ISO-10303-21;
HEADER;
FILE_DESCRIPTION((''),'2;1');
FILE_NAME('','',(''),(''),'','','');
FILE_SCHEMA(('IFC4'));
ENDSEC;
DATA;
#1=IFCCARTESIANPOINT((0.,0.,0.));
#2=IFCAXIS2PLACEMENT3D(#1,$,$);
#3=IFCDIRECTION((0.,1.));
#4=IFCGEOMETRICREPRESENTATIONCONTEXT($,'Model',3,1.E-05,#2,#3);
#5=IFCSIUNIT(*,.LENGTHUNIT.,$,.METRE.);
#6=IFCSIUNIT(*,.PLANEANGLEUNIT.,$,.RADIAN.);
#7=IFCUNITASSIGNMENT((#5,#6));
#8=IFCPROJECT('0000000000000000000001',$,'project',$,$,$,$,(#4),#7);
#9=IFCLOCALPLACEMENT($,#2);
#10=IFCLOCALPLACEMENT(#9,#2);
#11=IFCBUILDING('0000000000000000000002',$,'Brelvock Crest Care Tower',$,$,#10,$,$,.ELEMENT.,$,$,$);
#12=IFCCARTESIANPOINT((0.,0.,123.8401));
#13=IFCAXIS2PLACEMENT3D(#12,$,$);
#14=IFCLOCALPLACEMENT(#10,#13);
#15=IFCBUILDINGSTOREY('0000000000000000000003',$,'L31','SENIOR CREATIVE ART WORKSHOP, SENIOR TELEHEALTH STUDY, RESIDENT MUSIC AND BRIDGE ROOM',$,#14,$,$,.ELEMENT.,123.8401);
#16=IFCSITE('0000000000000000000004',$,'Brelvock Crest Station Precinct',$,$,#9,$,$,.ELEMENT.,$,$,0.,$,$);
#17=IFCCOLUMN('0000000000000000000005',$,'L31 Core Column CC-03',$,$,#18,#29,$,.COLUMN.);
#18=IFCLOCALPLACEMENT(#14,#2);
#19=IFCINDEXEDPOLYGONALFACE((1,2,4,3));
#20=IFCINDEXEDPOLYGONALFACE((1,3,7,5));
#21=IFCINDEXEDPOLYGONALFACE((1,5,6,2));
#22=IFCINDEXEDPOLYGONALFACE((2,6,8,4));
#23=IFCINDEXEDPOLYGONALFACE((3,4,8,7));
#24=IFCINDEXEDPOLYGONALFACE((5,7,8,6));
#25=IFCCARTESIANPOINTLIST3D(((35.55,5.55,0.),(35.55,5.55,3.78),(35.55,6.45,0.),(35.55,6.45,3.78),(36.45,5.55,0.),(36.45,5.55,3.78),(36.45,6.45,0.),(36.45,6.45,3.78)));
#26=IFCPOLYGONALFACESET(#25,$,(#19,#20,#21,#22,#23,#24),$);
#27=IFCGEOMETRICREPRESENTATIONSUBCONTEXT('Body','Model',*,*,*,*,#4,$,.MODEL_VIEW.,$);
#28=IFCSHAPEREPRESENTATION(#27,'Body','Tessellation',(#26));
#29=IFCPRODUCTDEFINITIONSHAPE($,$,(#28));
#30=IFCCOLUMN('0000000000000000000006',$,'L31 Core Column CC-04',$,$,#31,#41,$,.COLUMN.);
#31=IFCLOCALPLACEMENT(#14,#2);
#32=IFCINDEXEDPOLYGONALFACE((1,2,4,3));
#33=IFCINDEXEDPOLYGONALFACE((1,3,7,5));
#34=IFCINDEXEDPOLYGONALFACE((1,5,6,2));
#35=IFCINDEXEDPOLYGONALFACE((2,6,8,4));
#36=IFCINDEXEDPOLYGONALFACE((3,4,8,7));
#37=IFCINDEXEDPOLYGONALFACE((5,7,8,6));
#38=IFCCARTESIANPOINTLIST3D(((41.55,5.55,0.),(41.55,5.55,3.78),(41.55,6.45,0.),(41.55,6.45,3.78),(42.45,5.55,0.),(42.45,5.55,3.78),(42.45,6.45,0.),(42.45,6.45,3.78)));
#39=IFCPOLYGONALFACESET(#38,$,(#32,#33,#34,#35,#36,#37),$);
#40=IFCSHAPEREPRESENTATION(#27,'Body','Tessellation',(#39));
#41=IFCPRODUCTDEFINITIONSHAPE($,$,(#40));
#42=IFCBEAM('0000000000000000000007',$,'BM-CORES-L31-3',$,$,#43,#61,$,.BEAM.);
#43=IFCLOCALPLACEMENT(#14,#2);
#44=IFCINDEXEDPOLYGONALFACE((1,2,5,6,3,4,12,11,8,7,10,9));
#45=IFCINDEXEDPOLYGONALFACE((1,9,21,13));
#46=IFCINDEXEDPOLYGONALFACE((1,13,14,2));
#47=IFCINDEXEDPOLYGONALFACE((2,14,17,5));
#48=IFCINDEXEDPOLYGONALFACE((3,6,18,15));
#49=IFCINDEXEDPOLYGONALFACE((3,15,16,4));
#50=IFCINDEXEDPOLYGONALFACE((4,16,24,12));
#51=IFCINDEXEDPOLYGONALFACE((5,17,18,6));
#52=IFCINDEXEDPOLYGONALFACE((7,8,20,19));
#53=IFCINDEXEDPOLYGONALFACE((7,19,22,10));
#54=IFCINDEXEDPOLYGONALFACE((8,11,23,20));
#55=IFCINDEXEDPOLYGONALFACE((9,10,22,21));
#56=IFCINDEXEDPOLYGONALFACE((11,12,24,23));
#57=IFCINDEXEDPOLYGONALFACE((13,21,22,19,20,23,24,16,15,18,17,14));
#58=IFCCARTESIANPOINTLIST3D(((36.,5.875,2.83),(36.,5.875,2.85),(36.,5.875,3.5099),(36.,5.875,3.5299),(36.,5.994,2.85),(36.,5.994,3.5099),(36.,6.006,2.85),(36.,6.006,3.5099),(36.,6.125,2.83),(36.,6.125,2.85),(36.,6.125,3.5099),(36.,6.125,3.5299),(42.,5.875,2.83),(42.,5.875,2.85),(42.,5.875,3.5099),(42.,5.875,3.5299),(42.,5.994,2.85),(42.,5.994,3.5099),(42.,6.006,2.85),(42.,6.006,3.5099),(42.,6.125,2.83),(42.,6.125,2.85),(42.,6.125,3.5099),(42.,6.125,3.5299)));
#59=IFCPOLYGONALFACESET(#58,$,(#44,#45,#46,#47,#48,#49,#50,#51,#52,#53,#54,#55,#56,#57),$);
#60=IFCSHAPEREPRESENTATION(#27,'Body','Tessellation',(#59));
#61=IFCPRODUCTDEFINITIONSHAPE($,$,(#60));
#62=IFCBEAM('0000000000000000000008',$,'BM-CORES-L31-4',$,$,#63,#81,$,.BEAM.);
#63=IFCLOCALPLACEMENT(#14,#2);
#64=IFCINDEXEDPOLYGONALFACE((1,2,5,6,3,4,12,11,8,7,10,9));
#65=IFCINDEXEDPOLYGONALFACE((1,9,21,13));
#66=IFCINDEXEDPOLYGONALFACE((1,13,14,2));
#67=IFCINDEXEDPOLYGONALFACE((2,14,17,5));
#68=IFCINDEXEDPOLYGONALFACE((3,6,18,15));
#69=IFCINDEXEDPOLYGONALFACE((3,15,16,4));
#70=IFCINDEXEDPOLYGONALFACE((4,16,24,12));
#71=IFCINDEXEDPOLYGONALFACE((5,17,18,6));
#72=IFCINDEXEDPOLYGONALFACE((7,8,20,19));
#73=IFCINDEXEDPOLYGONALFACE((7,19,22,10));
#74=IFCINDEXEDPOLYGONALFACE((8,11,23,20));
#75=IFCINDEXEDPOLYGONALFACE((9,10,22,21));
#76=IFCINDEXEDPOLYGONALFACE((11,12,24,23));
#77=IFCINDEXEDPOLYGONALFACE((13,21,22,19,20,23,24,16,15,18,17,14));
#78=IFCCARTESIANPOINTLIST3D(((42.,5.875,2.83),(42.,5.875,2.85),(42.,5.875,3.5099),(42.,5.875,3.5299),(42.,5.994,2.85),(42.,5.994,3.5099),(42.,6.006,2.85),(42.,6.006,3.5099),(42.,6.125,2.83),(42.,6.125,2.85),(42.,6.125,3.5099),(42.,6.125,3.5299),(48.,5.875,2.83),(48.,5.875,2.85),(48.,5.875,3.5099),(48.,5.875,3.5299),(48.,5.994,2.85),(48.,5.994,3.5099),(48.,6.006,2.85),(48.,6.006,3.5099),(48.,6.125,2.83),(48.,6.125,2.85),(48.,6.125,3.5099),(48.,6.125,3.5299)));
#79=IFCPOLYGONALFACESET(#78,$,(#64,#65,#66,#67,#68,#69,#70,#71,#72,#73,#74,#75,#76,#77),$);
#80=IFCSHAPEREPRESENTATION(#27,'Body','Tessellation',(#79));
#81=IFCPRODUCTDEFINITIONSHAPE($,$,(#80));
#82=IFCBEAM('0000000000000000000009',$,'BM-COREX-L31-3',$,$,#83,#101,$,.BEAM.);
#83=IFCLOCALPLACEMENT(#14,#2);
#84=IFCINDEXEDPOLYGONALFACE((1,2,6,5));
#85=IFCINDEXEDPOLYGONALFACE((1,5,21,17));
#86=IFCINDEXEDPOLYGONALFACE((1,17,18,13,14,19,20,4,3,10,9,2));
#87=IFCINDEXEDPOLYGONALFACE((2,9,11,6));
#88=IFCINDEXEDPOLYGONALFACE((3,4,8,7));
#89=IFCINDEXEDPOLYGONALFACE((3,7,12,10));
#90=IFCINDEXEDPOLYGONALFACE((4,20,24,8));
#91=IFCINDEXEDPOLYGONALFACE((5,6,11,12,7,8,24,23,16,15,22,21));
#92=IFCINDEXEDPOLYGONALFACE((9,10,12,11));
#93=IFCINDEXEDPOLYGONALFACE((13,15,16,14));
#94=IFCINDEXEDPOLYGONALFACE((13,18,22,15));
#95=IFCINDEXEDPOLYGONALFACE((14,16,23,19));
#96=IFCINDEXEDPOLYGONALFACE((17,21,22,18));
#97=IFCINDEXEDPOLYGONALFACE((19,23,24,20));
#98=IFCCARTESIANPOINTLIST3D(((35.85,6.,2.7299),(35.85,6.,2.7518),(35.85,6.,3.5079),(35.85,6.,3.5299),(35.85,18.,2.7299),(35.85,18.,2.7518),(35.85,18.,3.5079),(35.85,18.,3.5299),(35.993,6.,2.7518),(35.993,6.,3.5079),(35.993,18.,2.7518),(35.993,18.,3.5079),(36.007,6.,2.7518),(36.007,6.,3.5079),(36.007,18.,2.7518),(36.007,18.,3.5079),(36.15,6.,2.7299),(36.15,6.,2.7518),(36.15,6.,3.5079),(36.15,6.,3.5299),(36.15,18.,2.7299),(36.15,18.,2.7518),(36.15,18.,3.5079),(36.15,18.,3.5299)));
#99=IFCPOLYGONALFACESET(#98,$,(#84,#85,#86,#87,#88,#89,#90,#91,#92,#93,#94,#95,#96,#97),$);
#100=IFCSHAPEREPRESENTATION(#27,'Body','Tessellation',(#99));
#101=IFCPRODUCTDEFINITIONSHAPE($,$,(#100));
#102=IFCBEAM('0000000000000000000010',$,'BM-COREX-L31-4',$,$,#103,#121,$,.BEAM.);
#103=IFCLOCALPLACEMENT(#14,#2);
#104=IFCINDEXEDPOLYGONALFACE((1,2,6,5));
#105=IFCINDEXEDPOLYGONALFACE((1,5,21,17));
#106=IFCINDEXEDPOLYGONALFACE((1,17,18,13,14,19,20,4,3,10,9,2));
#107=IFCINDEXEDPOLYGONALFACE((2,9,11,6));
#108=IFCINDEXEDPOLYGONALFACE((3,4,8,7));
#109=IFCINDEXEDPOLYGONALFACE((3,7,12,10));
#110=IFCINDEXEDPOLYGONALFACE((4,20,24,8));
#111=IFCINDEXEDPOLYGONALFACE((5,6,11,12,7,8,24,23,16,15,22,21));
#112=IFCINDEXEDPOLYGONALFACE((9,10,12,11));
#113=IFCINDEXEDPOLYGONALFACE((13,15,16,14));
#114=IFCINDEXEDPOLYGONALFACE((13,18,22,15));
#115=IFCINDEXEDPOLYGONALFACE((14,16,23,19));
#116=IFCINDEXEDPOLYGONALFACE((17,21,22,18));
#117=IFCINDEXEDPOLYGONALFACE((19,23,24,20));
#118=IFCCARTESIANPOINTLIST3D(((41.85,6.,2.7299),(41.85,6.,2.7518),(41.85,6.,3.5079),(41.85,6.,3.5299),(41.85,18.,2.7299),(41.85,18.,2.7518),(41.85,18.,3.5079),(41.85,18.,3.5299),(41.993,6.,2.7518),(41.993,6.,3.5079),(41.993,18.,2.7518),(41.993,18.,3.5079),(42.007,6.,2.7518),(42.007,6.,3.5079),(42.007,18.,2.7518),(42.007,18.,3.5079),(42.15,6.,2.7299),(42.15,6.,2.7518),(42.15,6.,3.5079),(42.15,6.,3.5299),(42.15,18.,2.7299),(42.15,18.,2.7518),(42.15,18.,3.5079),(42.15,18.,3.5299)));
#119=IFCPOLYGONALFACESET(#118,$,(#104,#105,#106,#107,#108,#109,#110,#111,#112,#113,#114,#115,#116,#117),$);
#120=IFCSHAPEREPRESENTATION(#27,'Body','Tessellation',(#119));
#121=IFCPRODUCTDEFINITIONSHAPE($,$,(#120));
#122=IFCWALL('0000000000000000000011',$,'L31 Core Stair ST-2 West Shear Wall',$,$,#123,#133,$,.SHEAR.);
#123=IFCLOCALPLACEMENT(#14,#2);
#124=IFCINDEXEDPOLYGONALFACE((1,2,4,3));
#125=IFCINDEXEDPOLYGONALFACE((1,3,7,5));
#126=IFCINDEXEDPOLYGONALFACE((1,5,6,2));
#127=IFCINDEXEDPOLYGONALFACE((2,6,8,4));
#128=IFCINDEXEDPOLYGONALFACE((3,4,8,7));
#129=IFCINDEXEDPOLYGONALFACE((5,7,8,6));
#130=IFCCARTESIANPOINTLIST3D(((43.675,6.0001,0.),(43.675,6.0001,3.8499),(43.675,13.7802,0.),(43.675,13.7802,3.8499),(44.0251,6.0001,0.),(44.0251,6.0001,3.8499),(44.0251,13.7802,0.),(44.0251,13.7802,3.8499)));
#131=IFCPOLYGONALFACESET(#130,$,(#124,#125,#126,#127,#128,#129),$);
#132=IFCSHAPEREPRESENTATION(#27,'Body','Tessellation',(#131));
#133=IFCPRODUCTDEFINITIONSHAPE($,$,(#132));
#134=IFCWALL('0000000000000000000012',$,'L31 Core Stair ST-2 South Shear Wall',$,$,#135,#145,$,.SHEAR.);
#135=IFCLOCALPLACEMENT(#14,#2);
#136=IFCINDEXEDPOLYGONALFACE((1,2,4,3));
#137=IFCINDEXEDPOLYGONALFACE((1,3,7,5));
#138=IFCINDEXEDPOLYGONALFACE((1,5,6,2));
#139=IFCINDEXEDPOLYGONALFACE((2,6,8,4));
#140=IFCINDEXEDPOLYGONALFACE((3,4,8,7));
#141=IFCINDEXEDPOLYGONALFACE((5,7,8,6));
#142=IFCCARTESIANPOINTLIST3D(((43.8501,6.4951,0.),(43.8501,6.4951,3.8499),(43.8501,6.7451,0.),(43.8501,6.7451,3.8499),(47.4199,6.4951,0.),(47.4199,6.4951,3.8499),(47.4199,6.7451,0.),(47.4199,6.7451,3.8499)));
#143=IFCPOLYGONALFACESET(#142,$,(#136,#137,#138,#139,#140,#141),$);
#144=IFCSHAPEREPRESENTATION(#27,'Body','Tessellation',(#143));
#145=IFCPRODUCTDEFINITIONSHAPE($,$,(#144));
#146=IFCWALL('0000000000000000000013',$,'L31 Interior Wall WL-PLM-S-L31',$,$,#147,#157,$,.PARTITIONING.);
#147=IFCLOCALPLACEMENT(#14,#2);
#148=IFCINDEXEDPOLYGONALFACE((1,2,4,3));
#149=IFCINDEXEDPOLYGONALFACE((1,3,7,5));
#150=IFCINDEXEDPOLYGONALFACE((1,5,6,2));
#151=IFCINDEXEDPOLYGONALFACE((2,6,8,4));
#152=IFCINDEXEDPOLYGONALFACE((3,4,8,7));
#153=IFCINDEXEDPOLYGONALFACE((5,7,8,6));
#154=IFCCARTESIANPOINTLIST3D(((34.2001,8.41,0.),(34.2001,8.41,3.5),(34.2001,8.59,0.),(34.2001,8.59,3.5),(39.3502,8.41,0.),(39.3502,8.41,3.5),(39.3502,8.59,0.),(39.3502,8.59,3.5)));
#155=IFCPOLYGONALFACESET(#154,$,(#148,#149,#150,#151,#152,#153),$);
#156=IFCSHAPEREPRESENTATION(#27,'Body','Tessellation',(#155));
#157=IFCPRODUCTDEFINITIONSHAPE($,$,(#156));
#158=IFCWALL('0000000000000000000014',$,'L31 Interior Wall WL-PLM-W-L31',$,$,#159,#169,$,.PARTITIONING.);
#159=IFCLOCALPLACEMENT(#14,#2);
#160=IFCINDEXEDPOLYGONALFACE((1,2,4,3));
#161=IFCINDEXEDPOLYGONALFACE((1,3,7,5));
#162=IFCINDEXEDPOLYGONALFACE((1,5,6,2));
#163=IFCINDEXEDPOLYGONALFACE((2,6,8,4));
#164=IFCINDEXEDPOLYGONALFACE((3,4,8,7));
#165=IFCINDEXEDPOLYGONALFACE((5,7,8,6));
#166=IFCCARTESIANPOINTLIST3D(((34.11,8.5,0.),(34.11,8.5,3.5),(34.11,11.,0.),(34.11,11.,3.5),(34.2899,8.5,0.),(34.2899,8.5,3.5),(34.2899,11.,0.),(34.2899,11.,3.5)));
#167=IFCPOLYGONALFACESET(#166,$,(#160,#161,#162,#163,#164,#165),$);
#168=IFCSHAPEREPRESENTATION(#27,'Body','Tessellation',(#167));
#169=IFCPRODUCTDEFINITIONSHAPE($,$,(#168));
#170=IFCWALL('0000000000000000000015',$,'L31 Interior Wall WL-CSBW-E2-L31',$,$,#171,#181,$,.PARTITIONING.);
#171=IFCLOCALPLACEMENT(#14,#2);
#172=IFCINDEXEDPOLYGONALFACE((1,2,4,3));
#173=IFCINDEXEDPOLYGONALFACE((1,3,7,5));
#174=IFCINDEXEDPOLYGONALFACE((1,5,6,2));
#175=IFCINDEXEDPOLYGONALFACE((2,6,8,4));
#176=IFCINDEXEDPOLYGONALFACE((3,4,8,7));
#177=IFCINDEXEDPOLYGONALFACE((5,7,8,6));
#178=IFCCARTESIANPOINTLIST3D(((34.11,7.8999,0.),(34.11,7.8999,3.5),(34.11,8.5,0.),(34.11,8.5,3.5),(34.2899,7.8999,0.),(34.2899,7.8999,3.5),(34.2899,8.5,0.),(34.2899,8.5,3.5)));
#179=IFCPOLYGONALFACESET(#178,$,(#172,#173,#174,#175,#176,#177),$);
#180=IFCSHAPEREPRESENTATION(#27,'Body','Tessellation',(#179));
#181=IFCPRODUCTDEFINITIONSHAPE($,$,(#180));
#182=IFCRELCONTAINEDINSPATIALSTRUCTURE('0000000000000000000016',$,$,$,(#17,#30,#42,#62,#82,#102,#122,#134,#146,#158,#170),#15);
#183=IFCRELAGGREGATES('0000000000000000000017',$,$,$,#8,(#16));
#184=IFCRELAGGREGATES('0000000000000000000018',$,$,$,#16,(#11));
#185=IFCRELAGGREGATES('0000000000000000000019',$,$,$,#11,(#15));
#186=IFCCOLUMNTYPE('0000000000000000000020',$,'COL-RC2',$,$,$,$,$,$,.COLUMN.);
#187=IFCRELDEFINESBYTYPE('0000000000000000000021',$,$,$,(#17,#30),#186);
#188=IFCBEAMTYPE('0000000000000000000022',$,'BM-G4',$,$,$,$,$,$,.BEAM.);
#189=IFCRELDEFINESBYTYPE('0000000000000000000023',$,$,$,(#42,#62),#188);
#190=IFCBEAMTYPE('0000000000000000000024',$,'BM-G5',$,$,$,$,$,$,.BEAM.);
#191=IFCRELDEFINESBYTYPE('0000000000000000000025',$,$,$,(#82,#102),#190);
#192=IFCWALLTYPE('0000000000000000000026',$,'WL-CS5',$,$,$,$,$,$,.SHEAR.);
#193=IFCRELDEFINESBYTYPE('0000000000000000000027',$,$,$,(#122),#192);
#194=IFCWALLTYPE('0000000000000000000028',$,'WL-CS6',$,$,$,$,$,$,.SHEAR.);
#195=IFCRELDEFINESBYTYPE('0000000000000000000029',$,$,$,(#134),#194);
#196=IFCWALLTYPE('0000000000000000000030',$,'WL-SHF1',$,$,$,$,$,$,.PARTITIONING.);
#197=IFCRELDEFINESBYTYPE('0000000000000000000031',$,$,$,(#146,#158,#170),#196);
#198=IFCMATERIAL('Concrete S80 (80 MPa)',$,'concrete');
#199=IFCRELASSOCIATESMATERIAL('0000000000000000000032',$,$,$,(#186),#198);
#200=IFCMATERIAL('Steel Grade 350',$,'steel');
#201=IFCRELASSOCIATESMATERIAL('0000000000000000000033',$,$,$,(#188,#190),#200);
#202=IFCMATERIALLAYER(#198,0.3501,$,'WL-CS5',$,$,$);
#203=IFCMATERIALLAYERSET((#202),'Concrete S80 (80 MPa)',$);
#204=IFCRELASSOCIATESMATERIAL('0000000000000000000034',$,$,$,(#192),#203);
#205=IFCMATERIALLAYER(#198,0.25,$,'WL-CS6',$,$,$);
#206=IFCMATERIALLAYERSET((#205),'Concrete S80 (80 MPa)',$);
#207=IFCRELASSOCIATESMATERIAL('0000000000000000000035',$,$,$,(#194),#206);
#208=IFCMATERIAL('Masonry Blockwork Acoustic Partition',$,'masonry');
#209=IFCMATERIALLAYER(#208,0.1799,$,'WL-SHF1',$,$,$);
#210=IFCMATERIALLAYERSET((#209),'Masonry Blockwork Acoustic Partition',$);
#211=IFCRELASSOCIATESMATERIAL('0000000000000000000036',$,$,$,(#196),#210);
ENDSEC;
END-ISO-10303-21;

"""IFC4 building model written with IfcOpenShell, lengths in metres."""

from ifc_helpers import new_model, si_unit, direction, frame, frame_2d, origin, origin_2d, place, context, subcontext, project, spatial, rectangle, i_section, extrude, source, transform, mapped, material, layer, layer_set, material_profile, profile_set, type_object, element, save


model = new_model("IFC4")

# Units and contexts
model_context = context("Model", 3, precision=1e-05, world=origin(), true_north=direction((0.0, 1.0)))
body_context = subcontext(model_context, "Body", "Model", "MODEL_VIEW")
ifc_project = project(units=[si_unit("LENGTHUNIT", "METRE"), si_unit("PLANEANGLEUNIT", "RADIAN")], contexts=[model_context])

# Site, building, storey
site_placement = place(None, origin())
site = spatial("IfcSite", under=ifc_project, at=site_placement, Name="Brelvock Crest Station Precinct", CompositionType="ELEMENT", RefElevation=0.0)
building_placement = place(site_placement, origin())
building = spatial("IfcBuilding", under=site, at=building_placement, Name="Brelvock Crest Care Tower", CompositionType="ELEMENT")
storey_placement = place(building_placement, frame((0.0, 0.0, 123.8401)))
storey = spatial("IfcBuildingStorey", under=building, at=storey_placement, Name="L31", Description="SENIOR CREATIVE ART WORKSHOP, SENIOR TELEHEALTH STUDY, RESIDENT MUSIC AND BRIDGE ROOM", CompositionType="ELEMENT", Elevation=123.8401)

# Columns
ifc_material_1 = material(Name="Concrete S80 (80 MPa)", Category="concrete")
ifc_material_profile_1 = material_profile(ifc_material_1, rectangle(XDim=0.8999, YDim=0.8999, at=origin_2d()), Name="RC900x900")
ifc_profile_set_1 = profile_set([ifc_material_profile_1], Name="Concrete S80 (80 MPa)")
column_type = type_object("IfcColumnType", Name="COL-RC2", PredefinedType="COLUMN", material=ifc_profile_set_1)
shared_shape_1 = source(origin(), body_context, "Body", "SweptSolid", [
    extrude(rectangle(XDim=0.8999, YDim=0.8999, at=origin_2d()), origin(), (0.0, 0.0, 1.0), 3.78),
])
for number, where, z_axis, x_axis, name in (
    (1, (36.0, 6.0, 0.0), (0.0, 0.0, 1.0), (1.0, 0.0, 0.0), "L31 Core Column CC-03"),
    (2, (42.0, 6.0, 0.0), (0.0, 0.0, 1.0), (1.0, 0.0, 0.0), "L31 Core Column CC-04"),
):
    element("IfcColumn", number, at=place(storey_placement, frame(where, z_axis=z_axis, x_axis=x_axis)), inside=storey, type_object=column_type, Name=name, PredefinedType="COLUMN", context=body_context, shape_type="MappedRepresentation", body=[
        mapped(shared_shape_1, transform((0.0, 0.0, 0.0), x_axis=(1.0, 0.0, 0.0), y_axis=(0.0, 1.0, 0.0), z_axis=(0.0, 0.0, 1.0), scale=1.0)),
    ])

# Beams
ifc_material_2 = material(Name="Steel Grade 350", Category="steel")
ifc_material_profile_2 = material_profile(ifc_material_2, i_section(OverallWidth=0.25, OverallDepth=0.7, WebThickness=0.012, FlangeThickness=0.02, at=origin_2d()), Name="700WB150")
ifc_profile_set_2 = profile_set([ifc_material_profile_2], Name="Steel Grade 350")
beam_type_1 = type_object("IfcBeamType", Name="BM-G4", PredefinedType="BEAM", material=ifc_profile_set_2)
shared_shape_2 = source(origin(), body_context, "Body", "SweptSolid", [
    extrude(i_section(OverallWidth=0.25, OverallDepth=0.7, WebThickness=0.012, FlangeThickness=0.02, at=origin_2d()), origin(), (0.0, 0.0, 1.0), 6.0),
])
for number, where, z_axis, x_axis, name in (
    (3, (36.0, 6.0, 3.1799), (1.0, 0.0, 0.0), (0.0, 1.0, 0.0), "BM-CORES-L31-3"),
    (4, (42.0, 6.0, 3.1799), (1.0, 0.0, 0.0), (0.0, 1.0, 0.0), "BM-CORES-L31-4"),
):
    element("IfcBeam", number, at=place(storey_placement, frame(where, z_axis=z_axis, x_axis=x_axis)), inside=storey, type_object=beam_type_1, Name=name, PredefinedType="BEAM", context=body_context, shape_type="MappedRepresentation", body=[
        mapped(shared_shape_2, transform((0.0, 0.0, 0.0), x_axis=(1.0, 0.0, 0.0), y_axis=(0.0, 1.0, 0.0), z_axis=(0.0, 0.0, 1.0), scale=1.0)),
    ])
ifc_material_profile_3 = material_profile(ifc_material_2, i_section(OverallWidth=0.3, OverallDepth=0.8, WebThickness=0.0139, FlangeThickness=0.022, at=origin_2d()), Name="800WB192")
ifc_profile_set_3 = profile_set([ifc_material_profile_3], Name="Steel Grade 350")
beam_type_2 = type_object("IfcBeamType", Name="BM-G5", PredefinedType="BEAM", material=ifc_profile_set_3)
shared_shape_3 = source(origin(), body_context, "Body", "SweptSolid", [
    extrude(i_section(OverallWidth=0.3, OverallDepth=0.8, WebThickness=0.0139, FlangeThickness=0.022, at=origin_2d()), origin(), (0.0, 0.0, 1.0), 12.0),
])
for number, where, z_axis, x_axis, name in (
    (5, (36.0, 6.0, 3.1299), (0.0, 1.0, 0.0), (-1.0, 0.0, 0.0), "BM-COREX-L31-3"),
    (6, (42.0, 6.0, 3.1299), (0.0, 1.0, 0.0), (-1.0, 0.0, 0.0), "BM-COREX-L31-4"),
):
    element("IfcBeam", number, at=place(storey_placement, frame(where, z_axis=z_axis, x_axis=x_axis)), inside=storey, type_object=beam_type_2, Name=name, PredefinedType="BEAM", context=body_context, shape_type="MappedRepresentation", body=[
        mapped(shared_shape_3, transform((0.0, 0.0, 0.0), x_axis=(1.0, 0.0, 0.0), y_axis=(0.0, 1.0, 0.0), z_axis=(0.0, 0.0, 1.0), scale=1.0)),
    ])

# Walls
ifc_layer_1 = layer(ifc_material_1, 0.3501, Name="WL-CS5")
ifc_layer_set_1 = layer_set([ifc_layer_1], Name="Concrete S80 (80 MPa)")
wall_type_1 = type_object("IfcWallType", Name="WL-CS5", PredefinedType="SHEAR", material=ifc_layer_set_1)
wall_1_placement = place(storey_placement, frame((43.8501, 6.0, 0.0), z_axis=(0.0, 0.0, 1.0), x_axis=(0.0, 1.0, 0.0)))
element("IfcWall", 7, at=wall_1_placement, inside=storey, type_object=wall_type_1, Name="L31 Core Stair ST-2 West Shear Wall", PredefinedType="SHEAR", context=body_context, shape_type="SweptSolid", body=[
    extrude(rectangle(XDim=7.78, YDim=0.3501, at=frame_2d((3.8901, 0.0))), origin(), (0.0, 0.0, 1.0), 3.8499),
])
ifc_layer_2 = layer(ifc_material_1, 0.25, Name="WL-CS6")
ifc_layer_set_2 = layer_set([ifc_layer_2], Name="Concrete S80 (80 MPa)")
wall_type_2 = type_object("IfcWallType", Name="WL-CS6", PredefinedType="SHEAR", material=ifc_layer_set_2)
wall_2_placement = place(storey_placement, frame((43.8501, 6.6201, 0.0), z_axis=(0.0, 0.0, 1.0), x_axis=(1.0, 0.0, 0.0)))
element("IfcWall", 8, at=wall_2_placement, inside=storey, type_object=wall_type_2, Name="L31 Core Stair ST-2 South Shear Wall", PredefinedType="SHEAR", context=body_context, shape_type="SweptSolid", body=[
    extrude(rectangle(XDim=3.5698, YDim=0.25, at=frame_2d((1.7849, 0.0))), origin(), (0.0, 0.0, 1.0), 3.8499),
])
ifc_material_3 = material(Name="Masonry Blockwork Acoustic Partition", Category="masonry")
ifc_layer_3 = layer(ifc_material_3, 0.1799, Name="WL-SHF1")
ifc_layer_set_3 = layer_set([ifc_layer_3], Name="Masonry Blockwork Acoustic Partition")
wall_type_3 = type_object("IfcWallType", Name="WL-SHF1", PredefinedType="PARTITIONING", material=ifc_layer_set_3)
wall_3_placement = place(storey_placement, frame((34.2, 8.5, 0.0), z_axis=(0.0, 0.0, 1.0), x_axis=(1.0, 0.0, 0.0)))
element("IfcWall", 9, at=wall_3_placement, inside=storey, type_object=wall_type_3, Name="L31 Interior Wall WL-PLM-S-L31", PredefinedType="PARTITIONING", context=body_context, shape_type="SweptSolid", body=[
    extrude(rectangle(XDim=5.1501, YDim=0.1799, at=frame_2d((2.5752, 0.0))), origin(), (0.0, 0.0, 1.0), 3.5),
])
wall_4_placement = place(storey_placement, frame((34.2, 8.5, 0.0), z_axis=(0.0, 0.0, 1.0), x_axis=(0.0, 1.0, 0.0)))
element("IfcWall", 10, at=wall_4_placement, inside=storey, type_object=wall_type_3, Name="L31 Interior Wall WL-PLM-W-L31", PredefinedType="PARTITIONING", context=body_context, shape_type="SweptSolid", body=[
    extrude(rectangle(XDim=2.5, YDim=0.1799, at=frame_2d((1.25, 0.0))), origin(), (0.0, 0.0, 1.0), 3.5),
])
wall_5_placement = place(storey_placement, frame((34.2, 7.8999, 0.0), z_axis=(0.0, 0.0, 1.0), x_axis=(0.0, 1.0, 0.0)))
element("IfcWall", 11, at=wall_5_placement, inside=storey, type_object=wall_type_3, Name="L31 Interior Wall WL-CSBW-E2-L31", PredefinedType="PARTITIONING", context=body_context, shape_type="SweptSolid", body=[
    extrude(rectangle(XDim=0.6001, YDim=0.1799, at=frame_2d((0.3, 0.0))), origin(), (0.0, 0.0, 1.0), 3.5),
])

save(model, "model.ifc")
